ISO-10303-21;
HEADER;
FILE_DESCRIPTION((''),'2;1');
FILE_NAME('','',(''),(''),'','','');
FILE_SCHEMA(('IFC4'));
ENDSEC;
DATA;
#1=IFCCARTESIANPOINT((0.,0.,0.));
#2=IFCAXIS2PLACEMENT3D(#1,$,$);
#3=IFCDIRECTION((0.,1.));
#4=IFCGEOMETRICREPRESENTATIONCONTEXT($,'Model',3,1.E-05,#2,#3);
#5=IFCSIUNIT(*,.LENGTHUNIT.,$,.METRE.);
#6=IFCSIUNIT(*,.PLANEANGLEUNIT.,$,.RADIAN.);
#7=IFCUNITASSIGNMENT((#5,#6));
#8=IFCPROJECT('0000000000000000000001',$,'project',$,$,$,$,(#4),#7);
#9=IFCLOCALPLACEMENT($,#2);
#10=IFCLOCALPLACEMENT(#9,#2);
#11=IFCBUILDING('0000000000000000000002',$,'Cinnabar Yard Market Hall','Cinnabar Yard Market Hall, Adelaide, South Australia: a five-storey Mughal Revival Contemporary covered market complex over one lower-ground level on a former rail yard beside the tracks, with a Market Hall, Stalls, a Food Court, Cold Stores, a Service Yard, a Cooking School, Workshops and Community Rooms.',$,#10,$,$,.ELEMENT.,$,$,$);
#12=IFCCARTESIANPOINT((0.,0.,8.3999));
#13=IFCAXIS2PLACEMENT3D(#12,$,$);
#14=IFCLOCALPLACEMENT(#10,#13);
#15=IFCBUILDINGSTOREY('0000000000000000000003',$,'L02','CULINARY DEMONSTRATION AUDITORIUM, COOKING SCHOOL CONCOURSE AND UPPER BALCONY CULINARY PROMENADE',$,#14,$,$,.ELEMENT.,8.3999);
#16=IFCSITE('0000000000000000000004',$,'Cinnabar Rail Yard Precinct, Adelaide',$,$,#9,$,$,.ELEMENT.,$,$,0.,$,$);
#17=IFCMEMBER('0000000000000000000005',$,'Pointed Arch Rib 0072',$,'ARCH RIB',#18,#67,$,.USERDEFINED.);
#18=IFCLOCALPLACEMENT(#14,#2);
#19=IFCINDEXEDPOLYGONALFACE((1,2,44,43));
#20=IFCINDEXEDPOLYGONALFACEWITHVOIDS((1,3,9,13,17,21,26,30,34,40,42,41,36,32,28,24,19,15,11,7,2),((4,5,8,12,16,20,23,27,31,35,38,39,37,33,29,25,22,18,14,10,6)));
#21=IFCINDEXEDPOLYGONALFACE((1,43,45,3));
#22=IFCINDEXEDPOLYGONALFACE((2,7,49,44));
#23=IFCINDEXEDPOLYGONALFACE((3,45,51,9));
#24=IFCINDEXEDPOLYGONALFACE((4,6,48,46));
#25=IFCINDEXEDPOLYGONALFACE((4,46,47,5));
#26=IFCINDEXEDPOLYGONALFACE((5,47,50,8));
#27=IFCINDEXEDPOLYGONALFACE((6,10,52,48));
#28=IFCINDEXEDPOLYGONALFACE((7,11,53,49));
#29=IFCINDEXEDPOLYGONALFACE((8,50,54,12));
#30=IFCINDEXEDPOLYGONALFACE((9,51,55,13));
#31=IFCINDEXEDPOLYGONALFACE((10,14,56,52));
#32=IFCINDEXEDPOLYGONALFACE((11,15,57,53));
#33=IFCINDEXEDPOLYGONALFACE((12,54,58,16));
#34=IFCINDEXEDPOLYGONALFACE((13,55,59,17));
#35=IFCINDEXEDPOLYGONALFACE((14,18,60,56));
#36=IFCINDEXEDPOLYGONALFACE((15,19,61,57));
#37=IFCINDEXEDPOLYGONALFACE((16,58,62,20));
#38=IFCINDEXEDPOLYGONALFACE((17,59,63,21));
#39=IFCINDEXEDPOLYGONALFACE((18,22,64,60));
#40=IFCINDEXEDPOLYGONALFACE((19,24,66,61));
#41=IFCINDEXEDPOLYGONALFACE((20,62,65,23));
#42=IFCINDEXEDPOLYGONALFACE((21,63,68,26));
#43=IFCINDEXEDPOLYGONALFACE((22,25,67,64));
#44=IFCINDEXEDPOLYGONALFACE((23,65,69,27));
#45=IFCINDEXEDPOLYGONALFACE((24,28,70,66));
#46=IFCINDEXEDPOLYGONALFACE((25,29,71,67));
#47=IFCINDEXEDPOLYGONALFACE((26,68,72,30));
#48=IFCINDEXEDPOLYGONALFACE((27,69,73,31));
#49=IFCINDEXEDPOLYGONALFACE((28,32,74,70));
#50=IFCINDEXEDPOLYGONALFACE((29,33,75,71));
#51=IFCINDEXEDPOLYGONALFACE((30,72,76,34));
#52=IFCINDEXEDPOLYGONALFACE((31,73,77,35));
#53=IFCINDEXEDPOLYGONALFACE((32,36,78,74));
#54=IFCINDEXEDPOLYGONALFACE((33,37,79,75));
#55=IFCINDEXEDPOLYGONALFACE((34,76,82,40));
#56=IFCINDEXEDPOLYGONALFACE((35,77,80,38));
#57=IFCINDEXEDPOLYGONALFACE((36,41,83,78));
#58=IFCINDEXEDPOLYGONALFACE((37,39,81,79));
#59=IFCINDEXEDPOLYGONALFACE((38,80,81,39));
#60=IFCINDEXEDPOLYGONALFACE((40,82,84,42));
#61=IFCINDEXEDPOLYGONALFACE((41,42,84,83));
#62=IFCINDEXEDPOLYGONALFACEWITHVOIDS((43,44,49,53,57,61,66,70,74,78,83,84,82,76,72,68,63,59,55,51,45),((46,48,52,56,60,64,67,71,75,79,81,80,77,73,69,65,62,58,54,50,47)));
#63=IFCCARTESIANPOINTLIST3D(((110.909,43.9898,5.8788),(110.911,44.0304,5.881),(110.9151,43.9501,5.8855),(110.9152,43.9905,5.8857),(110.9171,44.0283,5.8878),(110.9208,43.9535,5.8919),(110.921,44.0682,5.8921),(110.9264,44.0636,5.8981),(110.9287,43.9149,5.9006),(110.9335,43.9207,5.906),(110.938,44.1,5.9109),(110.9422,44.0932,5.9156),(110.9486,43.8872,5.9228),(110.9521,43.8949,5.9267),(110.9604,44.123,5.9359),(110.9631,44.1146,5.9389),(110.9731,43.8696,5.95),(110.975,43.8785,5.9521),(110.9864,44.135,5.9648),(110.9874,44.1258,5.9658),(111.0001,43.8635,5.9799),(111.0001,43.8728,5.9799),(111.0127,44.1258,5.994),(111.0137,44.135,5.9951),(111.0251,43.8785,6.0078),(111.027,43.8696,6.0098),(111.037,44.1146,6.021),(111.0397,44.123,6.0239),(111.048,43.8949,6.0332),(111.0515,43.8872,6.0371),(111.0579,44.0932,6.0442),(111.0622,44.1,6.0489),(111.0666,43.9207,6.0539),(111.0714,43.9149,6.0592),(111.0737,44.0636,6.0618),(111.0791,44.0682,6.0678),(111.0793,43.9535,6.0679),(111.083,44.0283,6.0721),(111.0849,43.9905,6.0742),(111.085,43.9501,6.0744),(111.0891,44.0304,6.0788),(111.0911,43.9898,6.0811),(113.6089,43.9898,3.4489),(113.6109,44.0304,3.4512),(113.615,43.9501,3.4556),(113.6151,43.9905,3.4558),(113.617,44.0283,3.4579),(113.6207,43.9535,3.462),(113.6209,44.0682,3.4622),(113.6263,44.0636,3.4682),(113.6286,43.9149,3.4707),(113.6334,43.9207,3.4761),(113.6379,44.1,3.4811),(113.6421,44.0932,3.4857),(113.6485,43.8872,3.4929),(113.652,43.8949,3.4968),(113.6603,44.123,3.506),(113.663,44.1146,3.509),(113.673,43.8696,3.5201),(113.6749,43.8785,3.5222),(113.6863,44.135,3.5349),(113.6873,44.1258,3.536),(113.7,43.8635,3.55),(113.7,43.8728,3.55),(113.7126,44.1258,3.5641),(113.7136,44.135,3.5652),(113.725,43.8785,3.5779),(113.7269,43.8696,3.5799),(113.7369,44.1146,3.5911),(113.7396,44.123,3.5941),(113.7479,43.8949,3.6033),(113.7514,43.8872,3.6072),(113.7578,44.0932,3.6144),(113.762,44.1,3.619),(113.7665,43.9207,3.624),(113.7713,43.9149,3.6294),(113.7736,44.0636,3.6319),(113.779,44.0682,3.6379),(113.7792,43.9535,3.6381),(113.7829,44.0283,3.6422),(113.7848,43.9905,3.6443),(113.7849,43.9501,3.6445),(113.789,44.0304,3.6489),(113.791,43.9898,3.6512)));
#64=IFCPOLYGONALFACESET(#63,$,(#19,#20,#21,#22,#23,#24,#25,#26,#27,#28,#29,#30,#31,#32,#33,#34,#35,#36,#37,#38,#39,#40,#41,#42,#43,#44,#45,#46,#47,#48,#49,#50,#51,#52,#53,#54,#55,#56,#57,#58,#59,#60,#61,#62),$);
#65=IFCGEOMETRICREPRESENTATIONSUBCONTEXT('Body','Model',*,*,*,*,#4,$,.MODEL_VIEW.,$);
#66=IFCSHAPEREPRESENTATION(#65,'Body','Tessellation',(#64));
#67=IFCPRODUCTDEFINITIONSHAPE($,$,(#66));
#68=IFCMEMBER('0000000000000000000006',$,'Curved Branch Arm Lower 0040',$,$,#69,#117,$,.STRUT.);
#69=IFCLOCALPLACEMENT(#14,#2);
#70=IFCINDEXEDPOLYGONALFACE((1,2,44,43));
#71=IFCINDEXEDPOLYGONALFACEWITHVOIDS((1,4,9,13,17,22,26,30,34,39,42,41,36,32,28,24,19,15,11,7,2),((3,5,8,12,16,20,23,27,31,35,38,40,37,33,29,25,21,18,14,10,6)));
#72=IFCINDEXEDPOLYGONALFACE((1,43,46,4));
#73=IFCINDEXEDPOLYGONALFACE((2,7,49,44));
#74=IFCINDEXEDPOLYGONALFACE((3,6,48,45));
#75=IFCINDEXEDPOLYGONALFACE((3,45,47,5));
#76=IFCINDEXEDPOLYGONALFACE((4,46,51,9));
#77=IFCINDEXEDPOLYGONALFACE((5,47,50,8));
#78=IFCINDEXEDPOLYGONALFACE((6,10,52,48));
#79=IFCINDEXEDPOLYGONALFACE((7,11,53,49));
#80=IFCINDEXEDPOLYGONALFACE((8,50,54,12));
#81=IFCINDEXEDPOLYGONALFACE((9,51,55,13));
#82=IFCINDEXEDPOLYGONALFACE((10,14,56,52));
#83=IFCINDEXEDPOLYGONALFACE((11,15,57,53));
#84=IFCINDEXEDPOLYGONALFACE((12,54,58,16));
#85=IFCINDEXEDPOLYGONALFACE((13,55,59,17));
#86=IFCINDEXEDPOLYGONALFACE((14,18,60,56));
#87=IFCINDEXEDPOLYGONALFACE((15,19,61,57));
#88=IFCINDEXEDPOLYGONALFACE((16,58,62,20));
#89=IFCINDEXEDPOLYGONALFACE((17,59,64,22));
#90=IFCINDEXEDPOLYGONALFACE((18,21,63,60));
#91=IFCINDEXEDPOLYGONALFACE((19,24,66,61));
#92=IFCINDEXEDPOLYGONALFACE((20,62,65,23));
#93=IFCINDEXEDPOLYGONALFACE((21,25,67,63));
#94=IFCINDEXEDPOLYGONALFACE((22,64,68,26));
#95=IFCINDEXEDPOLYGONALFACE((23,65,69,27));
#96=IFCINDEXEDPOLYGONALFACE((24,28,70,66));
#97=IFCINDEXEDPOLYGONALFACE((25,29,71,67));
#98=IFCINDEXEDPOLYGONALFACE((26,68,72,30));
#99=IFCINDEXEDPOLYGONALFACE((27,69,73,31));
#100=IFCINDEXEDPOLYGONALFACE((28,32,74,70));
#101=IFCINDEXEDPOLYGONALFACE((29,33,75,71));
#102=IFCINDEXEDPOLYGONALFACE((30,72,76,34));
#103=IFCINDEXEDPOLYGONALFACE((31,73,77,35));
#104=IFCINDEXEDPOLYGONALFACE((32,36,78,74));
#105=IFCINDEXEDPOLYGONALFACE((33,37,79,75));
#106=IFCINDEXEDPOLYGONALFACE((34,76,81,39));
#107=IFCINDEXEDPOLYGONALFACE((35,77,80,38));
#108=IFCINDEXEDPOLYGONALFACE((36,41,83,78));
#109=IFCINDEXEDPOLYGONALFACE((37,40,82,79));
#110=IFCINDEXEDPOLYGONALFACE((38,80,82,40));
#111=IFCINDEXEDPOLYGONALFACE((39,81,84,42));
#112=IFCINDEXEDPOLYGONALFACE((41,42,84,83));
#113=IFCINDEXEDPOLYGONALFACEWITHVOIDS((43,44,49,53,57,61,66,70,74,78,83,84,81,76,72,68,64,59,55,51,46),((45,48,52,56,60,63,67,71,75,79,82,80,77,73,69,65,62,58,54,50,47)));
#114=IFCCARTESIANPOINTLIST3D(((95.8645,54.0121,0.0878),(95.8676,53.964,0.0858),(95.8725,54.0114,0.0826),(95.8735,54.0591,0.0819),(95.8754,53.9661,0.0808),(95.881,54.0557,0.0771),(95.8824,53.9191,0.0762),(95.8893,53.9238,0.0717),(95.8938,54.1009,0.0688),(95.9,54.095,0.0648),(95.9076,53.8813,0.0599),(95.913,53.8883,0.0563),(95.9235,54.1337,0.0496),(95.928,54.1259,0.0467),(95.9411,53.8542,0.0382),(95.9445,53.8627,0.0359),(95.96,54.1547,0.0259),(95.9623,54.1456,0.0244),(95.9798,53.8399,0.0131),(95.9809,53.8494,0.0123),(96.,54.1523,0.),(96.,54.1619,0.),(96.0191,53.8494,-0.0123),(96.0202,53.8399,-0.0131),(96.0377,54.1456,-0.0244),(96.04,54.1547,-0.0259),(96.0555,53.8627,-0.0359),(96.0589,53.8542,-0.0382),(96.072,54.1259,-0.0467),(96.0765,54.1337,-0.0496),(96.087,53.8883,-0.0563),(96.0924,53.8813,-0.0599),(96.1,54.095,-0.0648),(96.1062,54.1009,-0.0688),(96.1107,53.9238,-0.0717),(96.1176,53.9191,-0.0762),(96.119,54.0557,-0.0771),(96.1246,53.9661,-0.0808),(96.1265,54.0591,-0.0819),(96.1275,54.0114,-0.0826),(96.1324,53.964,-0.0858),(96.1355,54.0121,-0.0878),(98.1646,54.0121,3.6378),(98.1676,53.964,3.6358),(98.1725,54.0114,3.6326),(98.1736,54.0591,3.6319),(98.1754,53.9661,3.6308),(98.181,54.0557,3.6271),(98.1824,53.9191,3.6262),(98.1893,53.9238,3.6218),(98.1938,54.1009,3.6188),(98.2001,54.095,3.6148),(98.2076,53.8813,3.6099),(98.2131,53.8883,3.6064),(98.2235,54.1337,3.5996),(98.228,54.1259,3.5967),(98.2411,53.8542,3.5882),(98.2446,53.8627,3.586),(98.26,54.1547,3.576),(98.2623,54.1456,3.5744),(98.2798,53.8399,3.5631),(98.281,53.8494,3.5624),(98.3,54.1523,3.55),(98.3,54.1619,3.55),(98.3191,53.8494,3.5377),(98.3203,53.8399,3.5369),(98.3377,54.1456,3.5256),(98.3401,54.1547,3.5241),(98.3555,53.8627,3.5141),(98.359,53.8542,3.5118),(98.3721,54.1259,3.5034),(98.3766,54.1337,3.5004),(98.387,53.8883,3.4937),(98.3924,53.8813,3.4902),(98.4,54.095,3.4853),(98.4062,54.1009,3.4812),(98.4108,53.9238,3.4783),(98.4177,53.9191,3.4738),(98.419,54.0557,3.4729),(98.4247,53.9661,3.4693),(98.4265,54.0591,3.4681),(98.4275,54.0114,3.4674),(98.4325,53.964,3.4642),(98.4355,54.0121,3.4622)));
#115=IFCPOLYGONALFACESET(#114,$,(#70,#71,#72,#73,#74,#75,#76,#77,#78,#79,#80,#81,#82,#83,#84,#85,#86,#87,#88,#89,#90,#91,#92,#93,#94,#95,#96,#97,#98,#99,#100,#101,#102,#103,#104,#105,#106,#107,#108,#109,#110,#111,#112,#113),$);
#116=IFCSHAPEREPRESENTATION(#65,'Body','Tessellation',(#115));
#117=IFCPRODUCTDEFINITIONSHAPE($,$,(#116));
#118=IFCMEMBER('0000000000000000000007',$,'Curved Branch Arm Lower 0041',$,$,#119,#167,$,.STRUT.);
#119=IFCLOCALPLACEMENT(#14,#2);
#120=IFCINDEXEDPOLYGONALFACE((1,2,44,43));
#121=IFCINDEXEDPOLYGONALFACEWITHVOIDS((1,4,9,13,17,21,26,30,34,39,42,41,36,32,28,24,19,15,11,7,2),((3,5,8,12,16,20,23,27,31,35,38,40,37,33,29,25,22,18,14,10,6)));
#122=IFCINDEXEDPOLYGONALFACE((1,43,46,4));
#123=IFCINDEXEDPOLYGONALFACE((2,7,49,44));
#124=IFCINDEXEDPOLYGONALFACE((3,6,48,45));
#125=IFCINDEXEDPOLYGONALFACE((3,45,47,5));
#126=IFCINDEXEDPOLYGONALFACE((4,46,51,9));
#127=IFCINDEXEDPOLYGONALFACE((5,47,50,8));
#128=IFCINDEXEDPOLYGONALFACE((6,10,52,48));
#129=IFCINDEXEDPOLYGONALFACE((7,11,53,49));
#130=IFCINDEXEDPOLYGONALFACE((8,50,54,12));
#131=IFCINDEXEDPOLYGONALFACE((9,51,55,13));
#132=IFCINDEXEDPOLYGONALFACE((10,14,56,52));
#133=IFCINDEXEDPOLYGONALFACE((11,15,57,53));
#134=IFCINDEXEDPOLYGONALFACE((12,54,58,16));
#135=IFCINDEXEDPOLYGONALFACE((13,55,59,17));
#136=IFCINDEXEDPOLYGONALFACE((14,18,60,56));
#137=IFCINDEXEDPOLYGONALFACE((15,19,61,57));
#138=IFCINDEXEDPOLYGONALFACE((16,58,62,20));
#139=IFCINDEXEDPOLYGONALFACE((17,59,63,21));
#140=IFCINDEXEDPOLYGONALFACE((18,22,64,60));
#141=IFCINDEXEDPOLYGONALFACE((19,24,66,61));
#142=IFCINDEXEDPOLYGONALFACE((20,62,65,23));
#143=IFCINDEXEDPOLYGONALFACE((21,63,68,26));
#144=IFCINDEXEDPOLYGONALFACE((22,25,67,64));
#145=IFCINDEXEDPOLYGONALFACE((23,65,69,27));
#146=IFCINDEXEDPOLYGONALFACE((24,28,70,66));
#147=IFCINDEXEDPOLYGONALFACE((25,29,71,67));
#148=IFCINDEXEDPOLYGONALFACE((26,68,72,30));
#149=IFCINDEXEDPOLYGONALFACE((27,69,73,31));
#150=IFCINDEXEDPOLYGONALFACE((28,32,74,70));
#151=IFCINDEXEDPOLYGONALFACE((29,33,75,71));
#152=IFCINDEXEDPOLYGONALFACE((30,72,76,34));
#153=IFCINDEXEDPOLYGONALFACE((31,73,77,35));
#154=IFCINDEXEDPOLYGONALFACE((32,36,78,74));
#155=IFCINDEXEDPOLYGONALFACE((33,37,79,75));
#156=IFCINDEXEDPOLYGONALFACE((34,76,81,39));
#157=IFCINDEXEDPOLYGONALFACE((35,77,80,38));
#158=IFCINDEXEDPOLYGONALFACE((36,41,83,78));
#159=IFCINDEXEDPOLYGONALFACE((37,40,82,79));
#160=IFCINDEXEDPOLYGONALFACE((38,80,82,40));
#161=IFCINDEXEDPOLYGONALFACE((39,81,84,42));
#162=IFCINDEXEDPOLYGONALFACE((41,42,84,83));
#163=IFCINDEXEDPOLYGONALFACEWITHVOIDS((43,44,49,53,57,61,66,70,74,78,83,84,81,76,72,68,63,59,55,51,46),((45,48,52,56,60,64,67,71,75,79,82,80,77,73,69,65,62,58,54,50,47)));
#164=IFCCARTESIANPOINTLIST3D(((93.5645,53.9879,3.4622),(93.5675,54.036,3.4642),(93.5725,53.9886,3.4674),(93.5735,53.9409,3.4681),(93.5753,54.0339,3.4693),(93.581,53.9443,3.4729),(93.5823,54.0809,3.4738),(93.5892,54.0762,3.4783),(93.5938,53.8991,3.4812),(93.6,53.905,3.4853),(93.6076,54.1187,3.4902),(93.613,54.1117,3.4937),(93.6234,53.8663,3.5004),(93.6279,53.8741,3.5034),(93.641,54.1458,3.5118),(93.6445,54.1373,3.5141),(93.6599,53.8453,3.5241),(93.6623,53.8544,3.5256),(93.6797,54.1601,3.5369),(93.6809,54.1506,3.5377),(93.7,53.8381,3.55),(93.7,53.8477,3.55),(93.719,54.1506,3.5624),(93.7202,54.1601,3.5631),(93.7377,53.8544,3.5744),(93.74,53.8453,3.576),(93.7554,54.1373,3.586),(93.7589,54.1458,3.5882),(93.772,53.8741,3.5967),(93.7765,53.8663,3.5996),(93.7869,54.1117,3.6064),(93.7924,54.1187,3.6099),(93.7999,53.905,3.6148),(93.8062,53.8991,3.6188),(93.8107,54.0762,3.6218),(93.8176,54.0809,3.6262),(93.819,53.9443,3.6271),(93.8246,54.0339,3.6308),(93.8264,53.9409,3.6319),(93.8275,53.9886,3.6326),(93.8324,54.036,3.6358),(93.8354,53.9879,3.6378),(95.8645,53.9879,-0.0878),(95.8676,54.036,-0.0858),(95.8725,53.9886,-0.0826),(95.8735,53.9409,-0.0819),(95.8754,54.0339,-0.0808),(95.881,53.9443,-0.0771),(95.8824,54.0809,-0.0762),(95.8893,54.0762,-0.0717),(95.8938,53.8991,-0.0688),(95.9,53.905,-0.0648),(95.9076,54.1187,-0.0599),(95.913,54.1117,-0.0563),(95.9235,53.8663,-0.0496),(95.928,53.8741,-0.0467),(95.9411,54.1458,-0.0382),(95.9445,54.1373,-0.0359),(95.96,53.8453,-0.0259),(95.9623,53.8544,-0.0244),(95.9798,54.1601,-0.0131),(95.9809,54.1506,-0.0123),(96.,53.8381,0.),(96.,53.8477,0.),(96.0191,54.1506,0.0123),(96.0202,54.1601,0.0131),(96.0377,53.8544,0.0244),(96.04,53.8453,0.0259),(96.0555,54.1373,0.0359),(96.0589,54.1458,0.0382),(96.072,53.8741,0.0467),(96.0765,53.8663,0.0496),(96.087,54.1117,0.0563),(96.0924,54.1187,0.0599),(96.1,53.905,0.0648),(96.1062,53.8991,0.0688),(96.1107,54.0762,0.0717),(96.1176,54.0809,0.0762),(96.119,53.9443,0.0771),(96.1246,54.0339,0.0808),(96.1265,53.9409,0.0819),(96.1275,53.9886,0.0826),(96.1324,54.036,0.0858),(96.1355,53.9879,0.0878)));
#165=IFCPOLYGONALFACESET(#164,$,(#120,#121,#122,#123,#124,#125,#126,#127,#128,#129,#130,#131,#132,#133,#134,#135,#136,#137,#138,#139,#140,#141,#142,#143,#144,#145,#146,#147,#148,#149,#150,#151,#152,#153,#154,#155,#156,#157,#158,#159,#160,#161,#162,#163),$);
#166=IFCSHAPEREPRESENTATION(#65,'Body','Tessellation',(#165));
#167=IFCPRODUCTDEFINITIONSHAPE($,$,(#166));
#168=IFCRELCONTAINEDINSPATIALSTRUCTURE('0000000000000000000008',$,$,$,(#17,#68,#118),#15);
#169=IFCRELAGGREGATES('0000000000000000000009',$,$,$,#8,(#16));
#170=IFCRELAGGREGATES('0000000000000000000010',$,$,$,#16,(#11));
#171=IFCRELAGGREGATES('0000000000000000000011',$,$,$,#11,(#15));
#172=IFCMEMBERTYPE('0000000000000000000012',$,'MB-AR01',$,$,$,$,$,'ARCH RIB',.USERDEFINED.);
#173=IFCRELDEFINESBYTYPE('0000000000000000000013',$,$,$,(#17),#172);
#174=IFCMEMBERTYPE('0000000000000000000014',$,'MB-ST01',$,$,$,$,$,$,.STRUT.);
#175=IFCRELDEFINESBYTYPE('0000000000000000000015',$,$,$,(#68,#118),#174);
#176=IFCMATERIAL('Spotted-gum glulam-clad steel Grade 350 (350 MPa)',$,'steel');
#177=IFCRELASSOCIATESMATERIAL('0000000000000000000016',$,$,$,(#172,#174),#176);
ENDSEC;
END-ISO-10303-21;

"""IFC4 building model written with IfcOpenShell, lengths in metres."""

from ifc_helpers import new_model, si_unit, direction, frame, origin, origin_2d_with_axis, place, context, subcontext, project, spatial, hollow_circle, extrude, material, material_profile, profile_set, type_object, element, save


model = new_model("IFC4")

# Units and contexts
model_context = context("Model", 3, precision=1e-05, world=origin(), true_north=direction((0.0, 1.0)))
body_context = subcontext(model_context, "Body", "Model", "MODEL_VIEW")
ifc_project = project(units=[si_unit("LENGTHUNIT", "METRE"), si_unit("PLANEANGLEUNIT", "RADIAN")], contexts=[model_context])

# Site, building, storey
site_placement = place(None, origin())
site = spatial("IfcSite", under=ifc_project, at=site_placement, Name="Cinnabar Rail Yard Precinct, Adelaide", CompositionType="ELEMENT", RefElevation=0.0)
building_placement = place(site_placement, origin())
building = spatial("IfcBuilding", under=site, at=building_placement, Name="Cinnabar Yard Market Hall", Description="Cinnabar Yard Market Hall, Adelaide, South Australia: a five-storey Mughal Revival Contemporary covered market complex over one lower-ground level on a former rail yard beside the tracks, with a Market Hall, Stalls, a Food Court, Cold Stores, a Service Yard, a Cooking School, Workshops and Community Rooms.", CompositionType="ELEMENT")
storey_placement = place(building_placement, frame((0.0, 0.0, 8.3999)))
storey = spatial("IfcBuildingStorey", under=building, at=storey_placement, Name="L02", Description="CULINARY DEMONSTRATION AUDITORIUM, COOKING SCHOOL CONCOURSE AND UPPER BALCONY CULINARY PROMENADE", CompositionType="ELEMENT", Elevation=8.3999)

# Shared definitions
ifc_material_1 = material(Name="Spotted-gum glulam-clad steel Grade 350 (350 MPa)", Category="steel")

# Members
ifc_material_profile_1 = material_profile(ifc_material_1, hollow_circle(Radius=0.1365, WallThickness=0.0093, at=origin_2d_with_axis()), Name="273.1x9.3CHS")
ifc_profile_set_1 = profile_set([ifc_material_profile_1], Name="Spotted-gum glulam-clad steel Grade 350 (350 MPa)")
member_type_1 = type_object("IfcMemberType", Name="MB-AR01", ElementType="ARCH RIB", PredefinedType="USERDEFINED", material=ifc_profile_set_1)
for number, where, z_axis, x_axis, name in (
    (1, (113.7, 44.0, 3.55), (-0.743297, 0.0, 0.668961), (0.0, -1.0, 0.0), "Pointed Arch Rib 0072"),
):
    element("IfcMember", number, at=place(storey_placement, frame(where, z_axis=z_axis, x_axis=x_axis)), inside=storey, type_object=member_type_1, Name=name, ObjectType="ARCH RIB", PredefinedType="USERDEFINED", context=body_context, shape_type="SweptSolid", body=[
        extrude(hollow_circle(Radius=0.1365, WallThickness=0.0093, at=origin_2d_with_axis()), origin(), (0.0, 0.0, 1.0), 3.6323),
    ])
ifc_material_profile_2 = material_profile(ifc_material_1, hollow_circle(Radius=0.1619, WallThickness=0.0095, at=origin_2d_with_axis()), Name="323.9x9.5CHS")
ifc_profile_set_2 = profile_set([ifc_material_profile_2], Name="Spotted-gum glulam-clad steel Grade 350 (350 MPa)")
member_type_2 = type_object("IfcMemberType", Name="MB-ST01", PredefinedType="STRUT", material=ifc_profile_set_2)
for number, where, z_axis, x_axis, name in (
    (2, (96.0, 54.0, 0.0), (0.543744, 0.0, 0.839251), (0.0, 1.0, 0.0), "Curved Branch Arm Lower 0040"),
    (3, (96.0, 54.0, 0.0), (-0.543744, 0.0, 0.839251), (0.0, -1.0, 0.0), "Curved Branch Arm Lower 0041"),
):
    element("IfcMember", number, at=place(storey_placement, frame(where, z_axis=z_axis, x_axis=x_axis)), inside=storey, type_object=member_type_2, Name=name, PredefinedType="STRUT", context=body_context, shape_type="SweptSolid", body=[
        extrude(hollow_circle(Radius=0.1619, WallThickness=0.0095, at=origin_2d_with_axis()), origin(), (0.0, 0.0, 1.0), 4.23),
    ])

save(model, "model.ifc")
